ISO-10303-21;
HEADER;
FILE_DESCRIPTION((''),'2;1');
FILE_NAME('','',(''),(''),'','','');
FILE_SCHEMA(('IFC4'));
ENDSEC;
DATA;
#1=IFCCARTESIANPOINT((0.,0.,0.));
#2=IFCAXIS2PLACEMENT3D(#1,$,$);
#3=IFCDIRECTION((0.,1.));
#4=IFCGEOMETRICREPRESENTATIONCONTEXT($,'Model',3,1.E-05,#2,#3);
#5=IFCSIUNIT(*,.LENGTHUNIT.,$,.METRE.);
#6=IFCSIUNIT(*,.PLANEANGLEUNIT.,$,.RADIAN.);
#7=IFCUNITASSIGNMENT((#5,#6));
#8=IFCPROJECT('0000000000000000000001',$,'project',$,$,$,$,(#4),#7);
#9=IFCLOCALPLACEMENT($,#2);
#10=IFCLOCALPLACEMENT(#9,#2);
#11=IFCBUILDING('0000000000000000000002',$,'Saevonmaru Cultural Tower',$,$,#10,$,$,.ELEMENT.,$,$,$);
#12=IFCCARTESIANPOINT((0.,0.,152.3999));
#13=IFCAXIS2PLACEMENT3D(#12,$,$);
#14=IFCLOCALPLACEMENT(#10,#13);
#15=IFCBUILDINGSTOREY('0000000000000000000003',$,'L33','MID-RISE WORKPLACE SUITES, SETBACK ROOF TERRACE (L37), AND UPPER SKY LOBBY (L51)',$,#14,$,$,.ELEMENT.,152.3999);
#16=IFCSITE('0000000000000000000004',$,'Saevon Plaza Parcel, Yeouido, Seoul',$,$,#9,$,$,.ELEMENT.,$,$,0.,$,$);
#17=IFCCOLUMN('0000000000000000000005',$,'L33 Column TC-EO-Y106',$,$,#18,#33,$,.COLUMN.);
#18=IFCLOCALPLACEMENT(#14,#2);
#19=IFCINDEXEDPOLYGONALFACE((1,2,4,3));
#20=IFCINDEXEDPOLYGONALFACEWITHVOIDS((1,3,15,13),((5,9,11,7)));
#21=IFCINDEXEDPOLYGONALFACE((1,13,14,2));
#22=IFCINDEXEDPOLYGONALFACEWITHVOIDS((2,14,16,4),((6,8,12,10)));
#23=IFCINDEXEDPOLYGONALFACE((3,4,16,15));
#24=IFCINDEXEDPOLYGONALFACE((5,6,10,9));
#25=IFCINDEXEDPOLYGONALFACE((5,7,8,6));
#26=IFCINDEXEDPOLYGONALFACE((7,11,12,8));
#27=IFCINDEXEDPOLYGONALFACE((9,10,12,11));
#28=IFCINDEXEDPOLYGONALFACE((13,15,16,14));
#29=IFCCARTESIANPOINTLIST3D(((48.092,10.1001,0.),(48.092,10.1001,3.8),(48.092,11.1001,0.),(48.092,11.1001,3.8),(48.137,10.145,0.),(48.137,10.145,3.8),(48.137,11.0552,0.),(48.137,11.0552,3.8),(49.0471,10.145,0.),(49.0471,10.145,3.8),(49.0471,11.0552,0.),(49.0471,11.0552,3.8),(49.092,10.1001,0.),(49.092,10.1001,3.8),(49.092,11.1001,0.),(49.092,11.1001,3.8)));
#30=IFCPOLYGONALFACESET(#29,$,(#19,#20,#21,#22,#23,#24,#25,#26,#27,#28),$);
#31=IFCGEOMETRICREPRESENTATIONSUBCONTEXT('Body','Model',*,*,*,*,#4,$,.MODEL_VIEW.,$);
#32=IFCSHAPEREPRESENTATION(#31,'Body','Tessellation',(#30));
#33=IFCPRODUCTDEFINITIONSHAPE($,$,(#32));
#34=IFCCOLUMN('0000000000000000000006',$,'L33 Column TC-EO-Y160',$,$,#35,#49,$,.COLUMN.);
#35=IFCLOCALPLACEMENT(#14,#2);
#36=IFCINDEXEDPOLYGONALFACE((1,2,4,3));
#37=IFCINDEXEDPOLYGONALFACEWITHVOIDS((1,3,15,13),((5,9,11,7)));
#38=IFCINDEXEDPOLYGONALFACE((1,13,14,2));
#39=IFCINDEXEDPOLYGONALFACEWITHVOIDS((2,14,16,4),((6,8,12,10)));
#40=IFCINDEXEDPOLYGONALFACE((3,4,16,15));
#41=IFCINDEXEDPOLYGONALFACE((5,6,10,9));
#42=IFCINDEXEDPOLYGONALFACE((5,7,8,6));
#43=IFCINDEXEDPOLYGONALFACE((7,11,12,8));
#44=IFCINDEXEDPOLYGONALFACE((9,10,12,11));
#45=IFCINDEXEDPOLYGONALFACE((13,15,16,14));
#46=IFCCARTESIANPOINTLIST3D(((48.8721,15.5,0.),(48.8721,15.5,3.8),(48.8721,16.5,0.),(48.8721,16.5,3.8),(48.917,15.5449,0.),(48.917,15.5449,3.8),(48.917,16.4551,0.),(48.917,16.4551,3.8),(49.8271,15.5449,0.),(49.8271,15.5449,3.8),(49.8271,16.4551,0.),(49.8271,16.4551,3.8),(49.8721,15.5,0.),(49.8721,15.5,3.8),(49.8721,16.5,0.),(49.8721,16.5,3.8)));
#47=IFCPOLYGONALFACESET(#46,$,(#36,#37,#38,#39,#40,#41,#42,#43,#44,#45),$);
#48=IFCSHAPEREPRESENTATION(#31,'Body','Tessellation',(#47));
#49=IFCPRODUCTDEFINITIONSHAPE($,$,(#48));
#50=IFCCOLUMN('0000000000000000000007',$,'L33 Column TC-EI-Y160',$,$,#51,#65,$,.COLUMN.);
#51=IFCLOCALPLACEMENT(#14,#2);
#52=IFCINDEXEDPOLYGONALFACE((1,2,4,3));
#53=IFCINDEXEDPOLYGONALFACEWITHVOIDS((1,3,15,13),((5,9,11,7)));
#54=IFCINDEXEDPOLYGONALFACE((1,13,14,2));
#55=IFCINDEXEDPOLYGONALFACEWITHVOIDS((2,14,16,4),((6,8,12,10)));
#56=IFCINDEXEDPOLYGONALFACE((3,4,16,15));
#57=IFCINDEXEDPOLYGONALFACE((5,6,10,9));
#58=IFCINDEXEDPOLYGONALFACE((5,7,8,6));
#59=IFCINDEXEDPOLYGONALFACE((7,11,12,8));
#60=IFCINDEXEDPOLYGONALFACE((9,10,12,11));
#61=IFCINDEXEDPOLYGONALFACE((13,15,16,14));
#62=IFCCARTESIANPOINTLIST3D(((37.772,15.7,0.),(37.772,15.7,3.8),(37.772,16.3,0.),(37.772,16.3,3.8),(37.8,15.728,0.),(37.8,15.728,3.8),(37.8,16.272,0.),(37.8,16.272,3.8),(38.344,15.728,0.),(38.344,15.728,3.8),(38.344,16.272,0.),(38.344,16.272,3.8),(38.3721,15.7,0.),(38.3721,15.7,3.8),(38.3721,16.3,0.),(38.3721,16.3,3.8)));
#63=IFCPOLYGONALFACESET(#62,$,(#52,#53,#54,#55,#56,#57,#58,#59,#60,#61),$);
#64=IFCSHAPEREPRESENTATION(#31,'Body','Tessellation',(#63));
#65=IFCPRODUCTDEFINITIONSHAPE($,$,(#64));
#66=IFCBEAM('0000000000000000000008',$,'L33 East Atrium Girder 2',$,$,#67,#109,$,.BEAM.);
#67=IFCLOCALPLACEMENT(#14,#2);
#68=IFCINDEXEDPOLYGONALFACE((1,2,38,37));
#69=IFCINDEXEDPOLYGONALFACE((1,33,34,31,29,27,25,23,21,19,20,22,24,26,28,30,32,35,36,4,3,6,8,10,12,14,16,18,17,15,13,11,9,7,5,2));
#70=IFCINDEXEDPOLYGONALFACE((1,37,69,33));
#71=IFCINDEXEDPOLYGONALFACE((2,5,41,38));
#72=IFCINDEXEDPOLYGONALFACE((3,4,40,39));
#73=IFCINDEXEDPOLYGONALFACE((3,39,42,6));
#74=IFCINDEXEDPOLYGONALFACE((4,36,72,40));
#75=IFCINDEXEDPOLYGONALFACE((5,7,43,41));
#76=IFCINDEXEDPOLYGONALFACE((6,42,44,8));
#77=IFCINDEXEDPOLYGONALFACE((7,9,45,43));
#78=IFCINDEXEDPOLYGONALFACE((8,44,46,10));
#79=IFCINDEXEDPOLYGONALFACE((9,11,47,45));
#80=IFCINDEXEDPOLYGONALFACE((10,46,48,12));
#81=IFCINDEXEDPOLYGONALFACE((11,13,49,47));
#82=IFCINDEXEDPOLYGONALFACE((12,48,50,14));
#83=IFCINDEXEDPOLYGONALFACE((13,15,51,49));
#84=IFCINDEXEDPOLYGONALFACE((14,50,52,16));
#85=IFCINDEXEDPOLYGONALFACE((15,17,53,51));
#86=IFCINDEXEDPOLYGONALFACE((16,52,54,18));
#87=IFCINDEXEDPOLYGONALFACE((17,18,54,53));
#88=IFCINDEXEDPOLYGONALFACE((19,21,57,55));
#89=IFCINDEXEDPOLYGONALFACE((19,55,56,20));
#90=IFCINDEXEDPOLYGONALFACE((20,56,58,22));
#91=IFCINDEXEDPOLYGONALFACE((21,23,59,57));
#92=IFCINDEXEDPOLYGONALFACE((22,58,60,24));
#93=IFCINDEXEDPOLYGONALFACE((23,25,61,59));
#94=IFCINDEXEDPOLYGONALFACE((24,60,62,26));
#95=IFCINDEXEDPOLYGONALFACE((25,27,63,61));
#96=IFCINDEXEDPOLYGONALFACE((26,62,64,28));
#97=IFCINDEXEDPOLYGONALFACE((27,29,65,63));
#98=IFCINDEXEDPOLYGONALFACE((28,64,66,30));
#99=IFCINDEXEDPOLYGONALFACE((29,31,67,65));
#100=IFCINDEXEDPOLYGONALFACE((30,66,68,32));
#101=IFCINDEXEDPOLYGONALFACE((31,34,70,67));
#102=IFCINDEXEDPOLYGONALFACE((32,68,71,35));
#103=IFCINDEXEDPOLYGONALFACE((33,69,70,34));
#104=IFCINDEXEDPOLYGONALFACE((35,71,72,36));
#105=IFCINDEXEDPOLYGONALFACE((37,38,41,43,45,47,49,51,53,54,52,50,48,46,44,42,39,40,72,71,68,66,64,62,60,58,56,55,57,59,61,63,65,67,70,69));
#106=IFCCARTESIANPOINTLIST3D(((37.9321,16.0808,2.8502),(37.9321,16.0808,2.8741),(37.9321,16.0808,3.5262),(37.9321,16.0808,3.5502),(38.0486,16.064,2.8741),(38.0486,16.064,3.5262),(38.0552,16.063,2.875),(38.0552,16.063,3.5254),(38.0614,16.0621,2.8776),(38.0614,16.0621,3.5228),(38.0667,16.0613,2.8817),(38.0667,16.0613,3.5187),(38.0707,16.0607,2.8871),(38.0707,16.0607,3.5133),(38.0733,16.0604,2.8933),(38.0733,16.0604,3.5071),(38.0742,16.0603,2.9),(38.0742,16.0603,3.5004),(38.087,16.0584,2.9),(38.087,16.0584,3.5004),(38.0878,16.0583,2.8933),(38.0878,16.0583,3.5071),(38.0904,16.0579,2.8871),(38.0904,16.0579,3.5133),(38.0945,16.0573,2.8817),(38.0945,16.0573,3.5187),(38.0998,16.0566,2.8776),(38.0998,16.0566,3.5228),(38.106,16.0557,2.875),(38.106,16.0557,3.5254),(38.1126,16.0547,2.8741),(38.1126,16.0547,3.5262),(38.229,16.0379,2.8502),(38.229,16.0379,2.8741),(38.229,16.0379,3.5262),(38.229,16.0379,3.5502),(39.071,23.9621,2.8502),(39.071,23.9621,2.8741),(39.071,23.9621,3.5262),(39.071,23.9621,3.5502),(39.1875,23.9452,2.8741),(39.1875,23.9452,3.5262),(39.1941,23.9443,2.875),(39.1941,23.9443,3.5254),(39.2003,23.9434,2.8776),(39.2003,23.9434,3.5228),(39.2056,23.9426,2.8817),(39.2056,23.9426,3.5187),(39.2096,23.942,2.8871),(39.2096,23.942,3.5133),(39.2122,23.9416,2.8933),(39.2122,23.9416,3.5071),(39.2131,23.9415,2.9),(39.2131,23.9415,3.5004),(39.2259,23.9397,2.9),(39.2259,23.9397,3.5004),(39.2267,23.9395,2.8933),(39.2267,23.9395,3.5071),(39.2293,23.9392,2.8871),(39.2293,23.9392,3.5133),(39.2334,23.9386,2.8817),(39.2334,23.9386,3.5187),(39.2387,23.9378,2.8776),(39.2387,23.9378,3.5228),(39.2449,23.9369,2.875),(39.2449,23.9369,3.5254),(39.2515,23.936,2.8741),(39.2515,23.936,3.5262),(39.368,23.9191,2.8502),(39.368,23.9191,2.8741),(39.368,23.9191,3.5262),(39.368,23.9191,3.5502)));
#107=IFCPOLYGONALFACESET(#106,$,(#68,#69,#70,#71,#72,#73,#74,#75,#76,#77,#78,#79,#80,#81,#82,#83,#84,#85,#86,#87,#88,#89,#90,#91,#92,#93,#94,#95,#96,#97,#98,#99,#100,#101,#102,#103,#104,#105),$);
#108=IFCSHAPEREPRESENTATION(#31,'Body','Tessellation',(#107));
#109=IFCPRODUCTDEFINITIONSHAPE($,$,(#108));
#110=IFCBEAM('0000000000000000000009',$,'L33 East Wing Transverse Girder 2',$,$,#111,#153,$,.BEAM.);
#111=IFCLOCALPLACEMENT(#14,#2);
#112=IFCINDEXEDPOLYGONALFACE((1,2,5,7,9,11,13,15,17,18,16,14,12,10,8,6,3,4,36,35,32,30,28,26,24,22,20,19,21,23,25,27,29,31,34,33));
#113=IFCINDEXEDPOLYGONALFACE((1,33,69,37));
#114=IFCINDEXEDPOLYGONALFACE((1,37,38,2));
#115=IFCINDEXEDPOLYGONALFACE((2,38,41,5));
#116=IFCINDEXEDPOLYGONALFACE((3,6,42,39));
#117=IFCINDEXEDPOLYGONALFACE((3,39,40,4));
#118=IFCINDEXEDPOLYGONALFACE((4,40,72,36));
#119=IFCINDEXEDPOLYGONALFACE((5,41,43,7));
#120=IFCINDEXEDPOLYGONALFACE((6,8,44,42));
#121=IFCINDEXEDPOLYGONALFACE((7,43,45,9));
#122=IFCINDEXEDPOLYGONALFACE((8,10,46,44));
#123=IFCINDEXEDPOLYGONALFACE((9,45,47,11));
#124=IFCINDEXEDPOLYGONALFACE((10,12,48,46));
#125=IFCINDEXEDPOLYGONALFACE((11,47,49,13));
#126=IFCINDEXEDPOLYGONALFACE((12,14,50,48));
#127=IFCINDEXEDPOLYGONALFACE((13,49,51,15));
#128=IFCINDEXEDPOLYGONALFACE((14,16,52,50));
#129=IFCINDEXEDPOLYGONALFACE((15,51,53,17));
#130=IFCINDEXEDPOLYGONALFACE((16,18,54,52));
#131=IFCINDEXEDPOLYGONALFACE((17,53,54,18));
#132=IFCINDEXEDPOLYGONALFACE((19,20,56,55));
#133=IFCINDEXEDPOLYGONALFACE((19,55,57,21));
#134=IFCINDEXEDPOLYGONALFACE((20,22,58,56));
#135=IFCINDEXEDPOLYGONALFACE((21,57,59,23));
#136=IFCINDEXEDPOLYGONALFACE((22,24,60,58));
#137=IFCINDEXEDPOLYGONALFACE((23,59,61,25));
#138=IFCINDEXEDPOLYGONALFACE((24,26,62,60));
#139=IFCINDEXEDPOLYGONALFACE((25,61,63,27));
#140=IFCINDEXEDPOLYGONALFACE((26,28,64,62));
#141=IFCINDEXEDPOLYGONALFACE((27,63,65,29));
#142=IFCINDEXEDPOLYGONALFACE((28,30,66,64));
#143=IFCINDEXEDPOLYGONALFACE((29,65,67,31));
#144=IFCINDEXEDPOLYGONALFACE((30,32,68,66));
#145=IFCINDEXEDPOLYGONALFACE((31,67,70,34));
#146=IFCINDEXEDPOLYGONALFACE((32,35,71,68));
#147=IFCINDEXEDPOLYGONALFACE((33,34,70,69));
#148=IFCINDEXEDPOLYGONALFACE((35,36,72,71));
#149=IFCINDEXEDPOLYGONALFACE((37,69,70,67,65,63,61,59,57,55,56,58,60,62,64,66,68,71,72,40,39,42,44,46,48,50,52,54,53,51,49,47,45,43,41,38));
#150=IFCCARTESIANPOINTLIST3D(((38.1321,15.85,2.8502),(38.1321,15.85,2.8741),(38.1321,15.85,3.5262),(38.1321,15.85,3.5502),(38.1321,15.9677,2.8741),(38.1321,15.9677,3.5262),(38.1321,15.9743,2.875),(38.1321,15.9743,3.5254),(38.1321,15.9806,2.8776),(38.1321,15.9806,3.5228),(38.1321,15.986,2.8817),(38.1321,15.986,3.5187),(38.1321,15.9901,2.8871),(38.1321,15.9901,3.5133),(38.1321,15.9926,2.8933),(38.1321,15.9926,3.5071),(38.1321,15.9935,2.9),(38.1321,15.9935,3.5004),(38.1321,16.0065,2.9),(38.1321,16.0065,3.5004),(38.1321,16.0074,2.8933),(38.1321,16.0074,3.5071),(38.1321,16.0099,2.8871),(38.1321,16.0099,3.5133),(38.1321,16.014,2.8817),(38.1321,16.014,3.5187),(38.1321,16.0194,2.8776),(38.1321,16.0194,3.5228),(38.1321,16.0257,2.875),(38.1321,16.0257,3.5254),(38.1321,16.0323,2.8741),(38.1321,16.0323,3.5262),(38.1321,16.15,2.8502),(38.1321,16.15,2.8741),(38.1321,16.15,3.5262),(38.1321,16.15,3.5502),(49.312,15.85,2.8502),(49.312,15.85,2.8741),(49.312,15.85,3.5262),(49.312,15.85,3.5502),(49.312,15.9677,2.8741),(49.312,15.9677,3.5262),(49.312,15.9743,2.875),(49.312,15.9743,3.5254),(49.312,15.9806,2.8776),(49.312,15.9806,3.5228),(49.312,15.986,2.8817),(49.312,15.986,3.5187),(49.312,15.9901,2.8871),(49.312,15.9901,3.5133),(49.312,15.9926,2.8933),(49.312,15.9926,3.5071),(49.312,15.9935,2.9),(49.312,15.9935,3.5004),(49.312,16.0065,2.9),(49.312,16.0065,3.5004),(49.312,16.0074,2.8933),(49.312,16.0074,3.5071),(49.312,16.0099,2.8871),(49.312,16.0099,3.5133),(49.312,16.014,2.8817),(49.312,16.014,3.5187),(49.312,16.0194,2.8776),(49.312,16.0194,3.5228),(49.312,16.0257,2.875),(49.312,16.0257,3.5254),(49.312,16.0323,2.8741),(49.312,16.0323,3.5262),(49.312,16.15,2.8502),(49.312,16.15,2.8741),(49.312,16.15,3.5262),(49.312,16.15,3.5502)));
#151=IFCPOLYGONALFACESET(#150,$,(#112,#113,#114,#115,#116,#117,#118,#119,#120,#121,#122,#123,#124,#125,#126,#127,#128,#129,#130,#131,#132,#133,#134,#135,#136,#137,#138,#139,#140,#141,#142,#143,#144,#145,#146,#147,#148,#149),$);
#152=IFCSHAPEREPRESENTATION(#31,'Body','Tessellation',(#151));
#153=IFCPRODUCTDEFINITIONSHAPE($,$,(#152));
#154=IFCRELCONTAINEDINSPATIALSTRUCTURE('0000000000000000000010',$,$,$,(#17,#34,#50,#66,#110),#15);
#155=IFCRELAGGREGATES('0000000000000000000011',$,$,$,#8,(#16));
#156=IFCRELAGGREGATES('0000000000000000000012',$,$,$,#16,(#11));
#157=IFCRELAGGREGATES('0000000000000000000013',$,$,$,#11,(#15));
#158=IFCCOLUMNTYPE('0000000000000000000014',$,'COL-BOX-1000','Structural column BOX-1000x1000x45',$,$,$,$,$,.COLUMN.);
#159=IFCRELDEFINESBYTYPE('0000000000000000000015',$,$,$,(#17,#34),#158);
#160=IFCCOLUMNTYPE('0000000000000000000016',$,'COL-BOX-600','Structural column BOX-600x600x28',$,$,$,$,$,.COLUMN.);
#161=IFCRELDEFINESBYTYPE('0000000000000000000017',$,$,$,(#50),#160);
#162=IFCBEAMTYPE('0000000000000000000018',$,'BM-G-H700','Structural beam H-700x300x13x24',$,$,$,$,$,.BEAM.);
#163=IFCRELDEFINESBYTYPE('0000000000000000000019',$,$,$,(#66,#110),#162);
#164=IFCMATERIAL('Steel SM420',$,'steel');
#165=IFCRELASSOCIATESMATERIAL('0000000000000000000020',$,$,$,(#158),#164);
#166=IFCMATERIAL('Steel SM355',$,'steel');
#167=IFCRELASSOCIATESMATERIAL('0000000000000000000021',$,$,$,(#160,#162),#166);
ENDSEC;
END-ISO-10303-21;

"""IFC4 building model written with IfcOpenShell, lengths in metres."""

from ifc_helpers import new_model, si_unit, direction, frame, origin, origin_2d, place, context, subcontext, project, spatial, hollow_rectangle, i_section, extrude, material, material_profile, profile_set, type_object, element, save


model = new_model("IFC4")

# Units and contexts
model_context = context("Model", 3, precision=1e-05, world=origin(), true_north=direction((0.0, 1.0)))
body_context = subcontext(model_context, "Body", "Model", "MODEL_VIEW")
ifc_project = project(units=[si_unit("LENGTHUNIT", "METRE"), si_unit("PLANEANGLEUNIT", "RADIAN")], contexts=[model_context])

# Site, building, storey
site_placement = place(None, origin())
site = spatial("IfcSite", under=ifc_project, at=site_placement, Name="Saevon Plaza Parcel, Yeouido, Seoul", CompositionType="ELEMENT", RefElevation=0.0)
building_placement = place(site_placement, origin())
building = spatial("IfcBuilding", under=site, at=building_placement, Name="Saevonmaru Cultural Tower", CompositionType="ELEMENT")
storey_placement = place(building_placement, frame((0.0, 0.0, 152.3999)))
storey = spatial("IfcBuildingStorey", under=building, at=storey_placement, Name="L33", Description="MID-RISE WORKPLACE SUITES, SETBACK ROOF TERRACE (L37), AND UPPER SKY LOBBY (L51)", CompositionType="ELEMENT", Elevation=152.3999)

# Columns
ifc_material_1 = material(Name="Steel SM420", Category="steel")
ifc_material_profile_1 = material_profile(ifc_material_1, hollow_rectangle(XDim=1.0, YDim=1.0, WallThickness=0.0449, at=origin_2d()), Name="BOX-1000x1000x45")
ifc_profile_set_1 = profile_set([ifc_material_profile_1], Name="Steel SM420")
column_type_1 = type_object("IfcColumnType", Name="COL-BOX-1000", Description="Structural column BOX-1000x1000x45", PredefinedType="COLUMN", material=ifc_profile_set_1)
for number, where, z_axis, x_axis, name in (
    (1, (48.592, 10.6001, 0.0), (0.0, 0.0, 1.0), (1.0, 0.0, 0.0), "L33 Column TC-EO-Y106"),
    (2, (49.3721, 16.0, 0.0), (0.0, 0.0, 1.0), (1.0, 0.0, 0.0), "L33 Column TC-EO-Y160"),
):
    element("IfcColumn", number, at=place(storey_placement, frame(where, z_axis=z_axis, x_axis=x_axis)), inside=storey, type_object=column_type_1, Name=name, PredefinedType="COLUMN", context=body_context, shape_type="SweptSolid", body=[
        extrude(hollow_rectangle(XDim=1.0, YDim=1.0, WallThickness=0.0449, at=origin_2d()), origin(), (0.0, 0.0, 1.0), 3.8),
    ])
ifc_material_2 = material(Name="Steel SM355", Category="steel")
ifc_material_profile_2 = material_profile(ifc_material_2, hollow_rectangle(XDim=0.6001, YDim=0.6001, WallThickness=0.0281, at=origin_2d()), Name="BOX-600x600x28")
ifc_profile_set_2 = profile_set([ifc_material_profile_2], Name="Steel SM355")
column_type_2 = type_object("IfcColumnType", Name="COL-BOX-600", Description="Structural column BOX-600x600x28", PredefinedType="COLUMN", material=ifc_profile_set_2)
column_placement = place(storey_placement, frame((38.072, 16.0, 0.0), z_axis=(0.0, 0.0, 1.0), x_axis=(1.0, 0.0, 0.0)))
element("IfcColumn", 3, at=column_placement, inside=storey, type_object=column_type_2, Name="L33 Column TC-EI-Y160", PredefinedType="COLUMN", context=body_context, shape_type="SweptSolid", body=[
    extrude(hollow_rectangle(XDim=0.6001, YDim=0.6001, WallThickness=0.0281, at=origin_2d()), origin(), (0.0, 0.0, 1.0), 3.8),
])

# Beams
ifc_material_profile_3 = material_profile(ifc_material_2, i_section(OverallWidth=0.3, OverallDepth=0.7, WebThickness=0.0129, FlangeThickness=0.0239, FilletRadius=0.0259, at=origin_2d()), Name="H-700x300x13x24")
ifc_profile_set_3 = profile_set([ifc_material_profile_3], Name="Steel SM355")
beam_type_1 = type_object("IfcBeamType", Name="BM-G-H700", Description="Structural beam H-700x300x13x24", PredefinedType="BEAM", material=ifc_profile_set_3)
beam_1_placement = place(storey_placement, frame((38.0806, 16.0593, 3.2002), z_axis=(0.143022, 0.989719, 0.0), x_axis=(-0.989719, 0.143022, 0.0)))
element("IfcBeam", 4, at=beam_1_placement, inside=storey, type_object=beam_type_1, Name="L33 East Atrium Girder 2", PredefinedType="BEAM", context=body_context, shape_type="SweptSolid", body=[
    extrude(i_section(OverallWidth=0.3, OverallDepth=0.7, WebThickness=0.0129, FlangeThickness=0.0239, FilletRadius=0.0259, at=origin_2d()), origin(), (0.0, 0.0, 1.0), 7.9631),
])
beam_2_placement = place(storey_placement, frame((38.1321, 16.0, 3.2002), z_axis=(1.0, 0.0, 0.0), x_axis=(0.0, 1.0, 0.0)))
element("IfcBeam", 5, at=beam_2_placement, inside=storey, type_object=beam_type_1, Name="L33 East Wing Transverse Girder 2", PredefinedType="BEAM", context=body_context, shape_type="SweptSolid", body=[
    extrude(i_section(OverallWidth=0.3, OverallDepth=0.7, WebThickness=0.0129, FlangeThickness=0.0239, FilletRadius=0.0259, at=origin_2d()), origin(), (0.0, 0.0, 1.0), 11.1799),
])

save(model, "model.ifc")
